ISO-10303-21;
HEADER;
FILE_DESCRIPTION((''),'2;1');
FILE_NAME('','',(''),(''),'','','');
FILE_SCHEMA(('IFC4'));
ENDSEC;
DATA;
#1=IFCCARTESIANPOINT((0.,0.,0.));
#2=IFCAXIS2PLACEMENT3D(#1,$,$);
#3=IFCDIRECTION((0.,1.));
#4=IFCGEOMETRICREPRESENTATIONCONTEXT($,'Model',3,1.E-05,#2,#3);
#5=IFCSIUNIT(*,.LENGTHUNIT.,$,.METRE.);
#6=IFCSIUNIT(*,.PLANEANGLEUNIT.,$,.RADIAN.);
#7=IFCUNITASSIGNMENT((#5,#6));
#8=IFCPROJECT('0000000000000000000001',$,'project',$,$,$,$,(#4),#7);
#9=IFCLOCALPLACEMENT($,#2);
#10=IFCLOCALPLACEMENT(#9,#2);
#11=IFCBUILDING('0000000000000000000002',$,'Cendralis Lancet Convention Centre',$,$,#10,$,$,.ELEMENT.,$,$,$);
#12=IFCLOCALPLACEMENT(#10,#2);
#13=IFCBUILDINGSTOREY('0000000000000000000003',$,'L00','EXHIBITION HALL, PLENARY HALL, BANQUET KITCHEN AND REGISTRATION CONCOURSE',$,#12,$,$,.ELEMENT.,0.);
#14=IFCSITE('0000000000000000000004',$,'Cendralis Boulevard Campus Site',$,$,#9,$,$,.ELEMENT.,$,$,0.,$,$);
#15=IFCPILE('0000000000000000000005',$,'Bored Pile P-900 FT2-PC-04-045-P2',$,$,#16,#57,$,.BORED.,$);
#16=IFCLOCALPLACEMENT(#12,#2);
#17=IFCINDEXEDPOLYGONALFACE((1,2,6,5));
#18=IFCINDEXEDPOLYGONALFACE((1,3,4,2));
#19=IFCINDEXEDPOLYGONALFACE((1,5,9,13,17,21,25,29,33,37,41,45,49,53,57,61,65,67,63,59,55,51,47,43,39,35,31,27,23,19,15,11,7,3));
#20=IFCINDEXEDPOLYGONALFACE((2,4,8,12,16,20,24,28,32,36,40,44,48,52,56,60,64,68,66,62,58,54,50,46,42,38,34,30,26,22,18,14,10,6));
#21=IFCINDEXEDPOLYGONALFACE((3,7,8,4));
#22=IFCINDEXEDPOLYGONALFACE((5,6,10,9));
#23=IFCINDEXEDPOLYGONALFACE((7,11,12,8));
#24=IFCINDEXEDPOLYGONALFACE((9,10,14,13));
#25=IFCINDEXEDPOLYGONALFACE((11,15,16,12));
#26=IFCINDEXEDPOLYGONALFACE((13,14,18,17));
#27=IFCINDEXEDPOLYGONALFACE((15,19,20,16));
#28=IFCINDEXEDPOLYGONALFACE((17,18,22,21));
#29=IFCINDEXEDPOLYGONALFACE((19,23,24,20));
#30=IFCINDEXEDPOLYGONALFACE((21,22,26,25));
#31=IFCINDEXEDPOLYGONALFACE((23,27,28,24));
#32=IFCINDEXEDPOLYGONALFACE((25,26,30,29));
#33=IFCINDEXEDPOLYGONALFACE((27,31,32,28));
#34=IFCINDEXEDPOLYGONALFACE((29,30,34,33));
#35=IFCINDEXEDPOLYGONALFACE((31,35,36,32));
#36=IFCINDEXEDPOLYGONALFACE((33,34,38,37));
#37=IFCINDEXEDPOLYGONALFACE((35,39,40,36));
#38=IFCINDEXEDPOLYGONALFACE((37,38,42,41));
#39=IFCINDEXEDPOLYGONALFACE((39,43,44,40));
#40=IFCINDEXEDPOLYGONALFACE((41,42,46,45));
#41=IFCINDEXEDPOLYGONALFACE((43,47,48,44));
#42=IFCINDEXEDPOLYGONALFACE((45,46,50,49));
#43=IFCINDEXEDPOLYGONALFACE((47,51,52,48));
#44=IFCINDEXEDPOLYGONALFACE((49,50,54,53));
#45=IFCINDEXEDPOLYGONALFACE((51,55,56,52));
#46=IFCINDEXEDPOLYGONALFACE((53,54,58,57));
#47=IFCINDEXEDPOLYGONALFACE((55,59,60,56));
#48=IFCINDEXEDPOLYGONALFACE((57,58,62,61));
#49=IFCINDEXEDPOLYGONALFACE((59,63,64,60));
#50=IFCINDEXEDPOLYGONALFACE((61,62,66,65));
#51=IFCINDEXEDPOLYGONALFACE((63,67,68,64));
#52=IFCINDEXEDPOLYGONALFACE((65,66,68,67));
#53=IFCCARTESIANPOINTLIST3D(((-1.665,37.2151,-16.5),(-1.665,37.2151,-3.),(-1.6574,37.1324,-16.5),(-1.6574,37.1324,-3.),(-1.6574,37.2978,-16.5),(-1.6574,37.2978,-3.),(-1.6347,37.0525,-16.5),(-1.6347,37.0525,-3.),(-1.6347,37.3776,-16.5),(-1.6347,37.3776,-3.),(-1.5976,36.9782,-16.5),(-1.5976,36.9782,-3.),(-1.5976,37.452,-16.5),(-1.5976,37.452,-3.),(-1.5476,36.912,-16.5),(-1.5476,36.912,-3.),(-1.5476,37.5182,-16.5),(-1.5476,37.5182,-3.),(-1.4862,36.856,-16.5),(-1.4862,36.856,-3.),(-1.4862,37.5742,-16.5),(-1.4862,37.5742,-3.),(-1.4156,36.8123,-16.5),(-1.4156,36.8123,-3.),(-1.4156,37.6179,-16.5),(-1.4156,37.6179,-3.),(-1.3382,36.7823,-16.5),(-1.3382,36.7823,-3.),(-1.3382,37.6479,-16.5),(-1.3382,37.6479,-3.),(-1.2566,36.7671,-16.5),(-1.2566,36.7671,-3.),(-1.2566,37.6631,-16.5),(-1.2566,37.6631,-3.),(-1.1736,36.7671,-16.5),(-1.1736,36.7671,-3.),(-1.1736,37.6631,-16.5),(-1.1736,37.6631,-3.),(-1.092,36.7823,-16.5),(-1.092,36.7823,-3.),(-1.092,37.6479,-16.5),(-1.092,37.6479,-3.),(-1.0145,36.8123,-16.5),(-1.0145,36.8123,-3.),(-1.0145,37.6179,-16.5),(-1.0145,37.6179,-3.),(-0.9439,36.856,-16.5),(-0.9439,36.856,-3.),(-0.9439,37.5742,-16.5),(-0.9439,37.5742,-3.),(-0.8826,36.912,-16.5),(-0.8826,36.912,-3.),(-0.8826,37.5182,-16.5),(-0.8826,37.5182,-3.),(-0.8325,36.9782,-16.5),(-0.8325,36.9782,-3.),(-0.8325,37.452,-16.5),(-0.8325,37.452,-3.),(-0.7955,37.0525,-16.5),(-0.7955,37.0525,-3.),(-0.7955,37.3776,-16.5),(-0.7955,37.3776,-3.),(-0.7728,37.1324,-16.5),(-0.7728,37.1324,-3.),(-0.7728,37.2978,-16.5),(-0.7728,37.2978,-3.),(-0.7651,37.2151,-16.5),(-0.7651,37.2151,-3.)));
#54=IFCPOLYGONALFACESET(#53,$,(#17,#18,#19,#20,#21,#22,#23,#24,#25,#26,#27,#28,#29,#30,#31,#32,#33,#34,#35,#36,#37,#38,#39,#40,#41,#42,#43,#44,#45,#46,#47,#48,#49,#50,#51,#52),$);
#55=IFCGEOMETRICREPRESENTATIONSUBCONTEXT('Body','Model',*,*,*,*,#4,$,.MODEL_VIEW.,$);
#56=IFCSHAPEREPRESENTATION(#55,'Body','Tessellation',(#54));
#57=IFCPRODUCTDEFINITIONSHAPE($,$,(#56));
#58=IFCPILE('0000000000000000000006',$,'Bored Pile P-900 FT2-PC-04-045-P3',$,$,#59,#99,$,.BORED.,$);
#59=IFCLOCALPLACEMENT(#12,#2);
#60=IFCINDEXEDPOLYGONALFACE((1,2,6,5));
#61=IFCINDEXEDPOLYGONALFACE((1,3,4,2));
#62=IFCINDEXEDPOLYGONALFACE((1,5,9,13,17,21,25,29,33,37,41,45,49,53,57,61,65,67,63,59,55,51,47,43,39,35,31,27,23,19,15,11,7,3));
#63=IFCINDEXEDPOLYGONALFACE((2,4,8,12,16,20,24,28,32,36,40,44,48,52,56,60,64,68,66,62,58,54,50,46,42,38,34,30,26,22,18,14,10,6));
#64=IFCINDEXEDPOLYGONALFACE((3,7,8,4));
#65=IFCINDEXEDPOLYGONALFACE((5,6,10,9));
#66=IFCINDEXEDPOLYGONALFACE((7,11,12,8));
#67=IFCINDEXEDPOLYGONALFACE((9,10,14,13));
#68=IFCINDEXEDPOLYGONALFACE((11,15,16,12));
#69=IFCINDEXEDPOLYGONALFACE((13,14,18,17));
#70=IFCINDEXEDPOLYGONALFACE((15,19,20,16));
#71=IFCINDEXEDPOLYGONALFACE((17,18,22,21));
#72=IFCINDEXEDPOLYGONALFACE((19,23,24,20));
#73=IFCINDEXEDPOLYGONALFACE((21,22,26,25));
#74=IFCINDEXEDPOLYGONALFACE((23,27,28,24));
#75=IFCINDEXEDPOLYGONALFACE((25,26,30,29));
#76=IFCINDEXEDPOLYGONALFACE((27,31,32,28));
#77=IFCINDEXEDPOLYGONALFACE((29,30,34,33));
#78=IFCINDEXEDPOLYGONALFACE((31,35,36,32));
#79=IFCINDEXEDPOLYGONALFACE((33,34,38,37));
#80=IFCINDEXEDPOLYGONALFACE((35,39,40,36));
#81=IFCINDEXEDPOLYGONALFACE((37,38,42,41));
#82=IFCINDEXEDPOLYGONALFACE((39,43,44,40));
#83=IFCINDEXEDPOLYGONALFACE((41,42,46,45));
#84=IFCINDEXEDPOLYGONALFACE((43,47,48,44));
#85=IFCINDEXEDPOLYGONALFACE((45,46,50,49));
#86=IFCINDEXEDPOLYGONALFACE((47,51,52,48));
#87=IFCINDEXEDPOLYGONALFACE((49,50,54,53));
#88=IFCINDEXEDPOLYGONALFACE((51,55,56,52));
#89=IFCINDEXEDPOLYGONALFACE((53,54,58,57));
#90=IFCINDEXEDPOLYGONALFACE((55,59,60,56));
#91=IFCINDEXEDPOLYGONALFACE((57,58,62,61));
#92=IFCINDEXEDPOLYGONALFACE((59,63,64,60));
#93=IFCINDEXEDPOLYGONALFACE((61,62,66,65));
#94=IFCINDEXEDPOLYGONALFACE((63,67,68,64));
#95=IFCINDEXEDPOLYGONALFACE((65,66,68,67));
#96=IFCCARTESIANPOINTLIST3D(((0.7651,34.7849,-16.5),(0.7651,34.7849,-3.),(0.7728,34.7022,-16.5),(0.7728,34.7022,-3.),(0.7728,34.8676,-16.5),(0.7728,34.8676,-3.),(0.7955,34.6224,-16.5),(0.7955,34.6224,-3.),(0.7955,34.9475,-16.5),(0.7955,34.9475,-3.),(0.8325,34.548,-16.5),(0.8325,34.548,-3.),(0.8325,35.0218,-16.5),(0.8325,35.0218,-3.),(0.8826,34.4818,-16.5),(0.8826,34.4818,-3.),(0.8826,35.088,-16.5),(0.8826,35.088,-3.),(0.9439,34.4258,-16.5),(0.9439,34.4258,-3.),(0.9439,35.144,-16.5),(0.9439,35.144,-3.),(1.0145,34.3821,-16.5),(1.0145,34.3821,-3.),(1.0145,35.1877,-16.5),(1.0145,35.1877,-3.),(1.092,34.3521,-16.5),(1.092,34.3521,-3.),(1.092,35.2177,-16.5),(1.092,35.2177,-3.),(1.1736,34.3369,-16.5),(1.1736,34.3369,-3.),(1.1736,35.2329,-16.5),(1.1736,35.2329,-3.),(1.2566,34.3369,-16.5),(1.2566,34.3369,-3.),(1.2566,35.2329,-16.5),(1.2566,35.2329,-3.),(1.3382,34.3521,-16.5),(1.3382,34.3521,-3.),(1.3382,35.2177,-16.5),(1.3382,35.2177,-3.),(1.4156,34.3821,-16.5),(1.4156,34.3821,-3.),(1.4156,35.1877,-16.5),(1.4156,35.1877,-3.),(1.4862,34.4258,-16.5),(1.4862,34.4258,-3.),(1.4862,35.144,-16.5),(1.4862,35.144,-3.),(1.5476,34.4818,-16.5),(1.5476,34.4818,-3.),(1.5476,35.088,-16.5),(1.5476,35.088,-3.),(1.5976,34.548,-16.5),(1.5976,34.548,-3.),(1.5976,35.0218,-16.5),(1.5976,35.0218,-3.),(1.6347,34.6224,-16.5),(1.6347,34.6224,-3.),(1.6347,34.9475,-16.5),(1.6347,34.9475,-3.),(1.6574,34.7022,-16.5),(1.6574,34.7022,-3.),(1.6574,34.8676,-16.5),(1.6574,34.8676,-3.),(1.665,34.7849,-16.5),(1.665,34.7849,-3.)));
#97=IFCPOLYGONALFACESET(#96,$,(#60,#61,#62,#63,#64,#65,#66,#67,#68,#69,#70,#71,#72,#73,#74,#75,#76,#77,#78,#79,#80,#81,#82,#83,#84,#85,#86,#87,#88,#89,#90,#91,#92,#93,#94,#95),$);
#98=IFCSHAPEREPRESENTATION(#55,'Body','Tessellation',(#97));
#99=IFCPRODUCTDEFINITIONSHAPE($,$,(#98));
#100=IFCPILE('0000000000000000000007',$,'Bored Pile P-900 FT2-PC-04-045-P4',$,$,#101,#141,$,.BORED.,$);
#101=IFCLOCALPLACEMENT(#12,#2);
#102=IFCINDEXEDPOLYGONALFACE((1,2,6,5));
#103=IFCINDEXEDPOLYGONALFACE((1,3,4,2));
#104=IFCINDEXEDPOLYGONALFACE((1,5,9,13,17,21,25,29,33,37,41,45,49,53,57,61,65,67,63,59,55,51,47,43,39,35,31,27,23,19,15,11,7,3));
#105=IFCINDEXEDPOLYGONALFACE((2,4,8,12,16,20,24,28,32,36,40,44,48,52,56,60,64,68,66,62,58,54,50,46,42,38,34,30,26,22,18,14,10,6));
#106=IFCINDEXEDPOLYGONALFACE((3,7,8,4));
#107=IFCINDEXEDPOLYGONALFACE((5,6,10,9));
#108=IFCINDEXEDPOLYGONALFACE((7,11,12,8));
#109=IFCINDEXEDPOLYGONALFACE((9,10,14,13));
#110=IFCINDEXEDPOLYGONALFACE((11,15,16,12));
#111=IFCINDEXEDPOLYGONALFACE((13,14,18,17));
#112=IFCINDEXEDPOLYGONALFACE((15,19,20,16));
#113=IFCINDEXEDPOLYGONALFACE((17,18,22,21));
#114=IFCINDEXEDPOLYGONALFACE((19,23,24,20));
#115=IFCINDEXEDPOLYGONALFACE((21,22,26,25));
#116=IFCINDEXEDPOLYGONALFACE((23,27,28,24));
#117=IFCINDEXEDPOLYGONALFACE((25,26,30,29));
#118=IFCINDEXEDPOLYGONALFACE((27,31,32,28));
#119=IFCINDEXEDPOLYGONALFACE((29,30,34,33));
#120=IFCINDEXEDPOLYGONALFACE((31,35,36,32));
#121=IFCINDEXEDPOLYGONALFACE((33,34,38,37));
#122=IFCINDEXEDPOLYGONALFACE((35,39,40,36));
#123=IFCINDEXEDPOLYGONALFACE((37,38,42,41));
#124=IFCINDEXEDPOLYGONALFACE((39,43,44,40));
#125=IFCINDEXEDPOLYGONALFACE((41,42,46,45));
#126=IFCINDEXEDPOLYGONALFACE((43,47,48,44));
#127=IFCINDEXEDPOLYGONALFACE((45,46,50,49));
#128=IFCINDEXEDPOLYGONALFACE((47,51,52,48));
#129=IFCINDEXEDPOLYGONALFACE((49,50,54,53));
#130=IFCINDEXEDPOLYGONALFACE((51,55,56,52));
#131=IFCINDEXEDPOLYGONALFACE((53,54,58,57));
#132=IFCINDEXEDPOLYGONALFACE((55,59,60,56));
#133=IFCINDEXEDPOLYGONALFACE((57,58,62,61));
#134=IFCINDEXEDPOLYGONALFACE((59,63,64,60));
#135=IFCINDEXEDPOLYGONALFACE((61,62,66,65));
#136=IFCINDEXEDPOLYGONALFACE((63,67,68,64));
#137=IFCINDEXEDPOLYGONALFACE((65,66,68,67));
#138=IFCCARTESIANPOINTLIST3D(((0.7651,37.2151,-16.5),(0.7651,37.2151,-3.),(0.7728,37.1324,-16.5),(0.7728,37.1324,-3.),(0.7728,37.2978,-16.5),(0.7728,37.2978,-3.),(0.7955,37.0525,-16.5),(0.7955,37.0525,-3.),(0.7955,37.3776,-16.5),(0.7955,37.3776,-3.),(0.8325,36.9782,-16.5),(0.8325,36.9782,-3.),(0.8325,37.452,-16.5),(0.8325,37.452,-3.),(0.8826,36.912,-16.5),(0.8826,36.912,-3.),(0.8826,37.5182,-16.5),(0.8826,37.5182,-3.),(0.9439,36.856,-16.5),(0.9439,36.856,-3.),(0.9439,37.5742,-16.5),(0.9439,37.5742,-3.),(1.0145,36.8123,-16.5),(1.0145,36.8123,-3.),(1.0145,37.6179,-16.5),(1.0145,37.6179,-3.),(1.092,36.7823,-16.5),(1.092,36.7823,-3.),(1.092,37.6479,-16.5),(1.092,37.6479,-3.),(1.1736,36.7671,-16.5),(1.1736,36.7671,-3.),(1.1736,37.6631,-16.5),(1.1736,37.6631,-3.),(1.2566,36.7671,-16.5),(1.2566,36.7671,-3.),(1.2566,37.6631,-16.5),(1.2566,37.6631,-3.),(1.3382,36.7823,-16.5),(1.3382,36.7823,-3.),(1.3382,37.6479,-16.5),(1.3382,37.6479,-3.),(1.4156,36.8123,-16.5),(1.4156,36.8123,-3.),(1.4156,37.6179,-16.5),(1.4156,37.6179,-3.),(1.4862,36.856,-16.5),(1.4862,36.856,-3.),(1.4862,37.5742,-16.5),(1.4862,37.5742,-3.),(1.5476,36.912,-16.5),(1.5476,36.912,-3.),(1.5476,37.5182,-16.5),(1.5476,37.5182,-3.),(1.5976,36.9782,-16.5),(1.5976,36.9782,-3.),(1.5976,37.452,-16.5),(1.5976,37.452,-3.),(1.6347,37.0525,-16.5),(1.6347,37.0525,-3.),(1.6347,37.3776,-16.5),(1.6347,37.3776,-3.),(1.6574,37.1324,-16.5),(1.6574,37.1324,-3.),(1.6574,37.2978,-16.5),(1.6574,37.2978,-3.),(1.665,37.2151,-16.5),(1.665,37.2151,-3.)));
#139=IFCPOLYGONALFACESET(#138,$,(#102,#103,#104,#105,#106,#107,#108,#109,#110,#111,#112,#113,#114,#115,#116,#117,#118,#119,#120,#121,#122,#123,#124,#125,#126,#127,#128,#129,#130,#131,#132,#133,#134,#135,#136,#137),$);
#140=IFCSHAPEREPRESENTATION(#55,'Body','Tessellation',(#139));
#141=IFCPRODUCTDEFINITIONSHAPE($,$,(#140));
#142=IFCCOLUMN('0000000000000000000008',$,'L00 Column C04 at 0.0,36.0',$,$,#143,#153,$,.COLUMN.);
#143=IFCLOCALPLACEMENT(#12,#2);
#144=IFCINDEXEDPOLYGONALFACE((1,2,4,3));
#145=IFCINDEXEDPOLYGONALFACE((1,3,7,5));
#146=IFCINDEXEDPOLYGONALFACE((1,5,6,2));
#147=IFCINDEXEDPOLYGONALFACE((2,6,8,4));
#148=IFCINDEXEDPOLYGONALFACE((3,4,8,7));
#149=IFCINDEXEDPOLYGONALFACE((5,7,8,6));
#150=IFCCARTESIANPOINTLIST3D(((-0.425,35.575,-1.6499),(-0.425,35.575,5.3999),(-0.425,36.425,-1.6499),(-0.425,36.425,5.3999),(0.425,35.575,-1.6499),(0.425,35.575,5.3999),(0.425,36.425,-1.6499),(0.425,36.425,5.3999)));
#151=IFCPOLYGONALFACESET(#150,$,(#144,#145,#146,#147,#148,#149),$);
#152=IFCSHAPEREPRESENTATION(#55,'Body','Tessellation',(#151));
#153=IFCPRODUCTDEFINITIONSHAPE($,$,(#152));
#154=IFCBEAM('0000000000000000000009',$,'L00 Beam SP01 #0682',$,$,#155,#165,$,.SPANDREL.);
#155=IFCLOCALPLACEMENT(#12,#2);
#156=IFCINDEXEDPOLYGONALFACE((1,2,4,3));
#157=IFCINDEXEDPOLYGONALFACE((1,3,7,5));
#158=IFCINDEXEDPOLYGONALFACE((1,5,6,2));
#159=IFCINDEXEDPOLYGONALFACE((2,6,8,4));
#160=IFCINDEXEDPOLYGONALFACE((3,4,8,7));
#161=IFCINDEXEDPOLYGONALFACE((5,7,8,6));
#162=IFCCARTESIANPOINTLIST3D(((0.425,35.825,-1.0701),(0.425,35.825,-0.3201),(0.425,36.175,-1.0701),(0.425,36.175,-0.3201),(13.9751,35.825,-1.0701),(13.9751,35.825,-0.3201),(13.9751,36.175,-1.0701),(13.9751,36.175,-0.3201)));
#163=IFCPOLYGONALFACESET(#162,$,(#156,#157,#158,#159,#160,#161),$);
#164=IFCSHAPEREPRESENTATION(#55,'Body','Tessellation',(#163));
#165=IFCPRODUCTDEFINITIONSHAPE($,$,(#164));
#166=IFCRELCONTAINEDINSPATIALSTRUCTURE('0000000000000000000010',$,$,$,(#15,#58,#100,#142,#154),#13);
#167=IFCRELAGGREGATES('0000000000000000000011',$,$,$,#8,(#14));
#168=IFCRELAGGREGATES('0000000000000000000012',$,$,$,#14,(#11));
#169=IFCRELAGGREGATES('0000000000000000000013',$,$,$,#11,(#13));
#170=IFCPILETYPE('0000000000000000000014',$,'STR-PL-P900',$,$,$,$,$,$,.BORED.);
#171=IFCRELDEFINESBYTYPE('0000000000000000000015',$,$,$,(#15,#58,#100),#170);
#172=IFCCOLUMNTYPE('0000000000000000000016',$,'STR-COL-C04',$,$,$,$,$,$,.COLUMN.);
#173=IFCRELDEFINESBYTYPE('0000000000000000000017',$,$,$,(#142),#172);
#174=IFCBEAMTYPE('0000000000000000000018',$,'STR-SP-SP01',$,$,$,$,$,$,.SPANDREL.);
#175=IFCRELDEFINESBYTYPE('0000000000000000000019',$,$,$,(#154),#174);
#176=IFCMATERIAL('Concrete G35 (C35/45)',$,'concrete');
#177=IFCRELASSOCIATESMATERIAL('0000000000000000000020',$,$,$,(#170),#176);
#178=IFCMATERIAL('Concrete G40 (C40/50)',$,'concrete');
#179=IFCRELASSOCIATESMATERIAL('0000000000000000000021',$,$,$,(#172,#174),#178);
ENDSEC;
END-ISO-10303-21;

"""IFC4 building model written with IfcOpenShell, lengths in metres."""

from ifc_helpers import new_model, si_unit, direction, frame, origin, origin_2d, place, context, subcontext, project, spatial, rectangle, circle, extrude, material, material_profile, profile_set, type_object, element, save


model = new_model("IFC4")

# Units and contexts
model_context = context("Model", 3, precision=1e-05, world=origin(), true_north=direction((0.0, 1.0)))
body_context = subcontext(model_context, "Body", "Model", "MODEL_VIEW")
ifc_project = project(units=[si_unit("LENGTHUNIT", "METRE"), si_unit("PLANEANGLEUNIT", "RADIAN")], contexts=[model_context])

# Site, building, storey
site_placement = place(None, origin())
site = spatial("IfcSite", under=ifc_project, at=site_placement, Name="Cendralis Boulevard Campus Site", CompositionType="ELEMENT", RefElevation=0.0)
building_placement = place(site_placement, origin())
building = spatial("IfcBuilding", under=site, at=building_placement, Name="Cendralis Lancet Convention Centre", CompositionType="ELEMENT")
storey_placement = place(building_placement, origin())
storey = spatial("IfcBuildingStorey", under=building, at=storey_placement, Name="L00", Description="EXHIBITION HALL, PLENARY HALL, BANQUET KITCHEN AND REGISTRATION CONCOURSE", CompositionType="ELEMENT", Elevation=0.0)

# Shared definitions
ifc_material_1 = material(Name="Concrete G35 (C35/45)", Category="concrete")

# Piles
ifc_material_profile_1 = material_profile(ifc_material_1, circle(Radius=0.45, at=origin_2d()), Name="BORED PILE D900")
ifc_profile_set_1 = profile_set([ifc_material_profile_1], Name="Concrete G35 (C35/45)")
pile_type_1 = type_object("IfcPileType", Name="STR-PL-P900", PredefinedType="BORED", material=ifc_profile_set_1)
for number, where, z_axis, x_axis, name in (
    (1, (-1.2151, 37.2151, -3.0), (0.0, 0.0, -1.0), (1.0, 0.0, 0.0), "Bored Pile P-900 FT2-PC-04-045-P2"),
    (2, (1.2151, 34.7849, -3.0), (0.0, 0.0, -1.0), (1.0, 0.0, 0.0), "Bored Pile P-900 FT2-PC-04-045-P3"),
    (3, (1.2151, 37.2151, -3.0), (0.0, 0.0, -1.0), (1.0, 0.0, 0.0), "Bored Pile P-900 FT2-PC-04-045-P4"),
):
    element("IfcPile", number, at=place(storey_placement, frame(where, z_axis=z_axis, x_axis=x_axis)), inside=storey, type_object=pile_type_1, Name=name, PredefinedType="BORED", context=body_context, shape_type="SweptSolid", body=[
        extrude(circle(Radius=0.45, at=origin_2d()), origin(), (0.0, 0.0, 1.0), 13.5),
    ])

# Column
ifc_material_2 = material(Name="Concrete G40 (C40/50)", Category="concrete")
ifc_material_profile_2 = material_profile(ifc_material_2, rectangle(XDim=0.8501, YDim=0.8501, at=origin_2d()), Name="RC 850x850")
ifc_profile_set_2 = profile_set([ifc_material_profile_2], Name="Concrete G40 (C40/50)")
column_type = type_object("IfcColumnType", Name="STR-COL-C04", PredefinedType="COLUMN", material=ifc_profile_set_2)
column_placement = place(storey_placement, frame((0.0, 36.0, -1.6499), z_axis=(0.0, 0.0, 1.0), x_axis=(1.0, 0.0, 0.0)))
element("IfcColumn", 4, at=column_placement, inside=storey, type_object=column_type, Name="L00 Column C04 at 0.0,36.0", PredefinedType="COLUMN", context=body_context, shape_type="SweptSolid", body=[
    extrude(rectangle(XDim=0.8501, YDim=0.8501, at=origin_2d()), origin(), (0.0, 0.0, 1.0), 7.0498),
])

# Beam
ifc_material_profile_3 = material_profile(ifc_material_2, rectangle(XDim=0.3501, YDim=0.75, at=origin_2d()), Name="RCB 350x750")
ifc_profile_set_3 = profile_set([ifc_material_profile_3], Name="Concrete G40 (C40/50)")
beam_type = type_object("IfcBeamType", Name="STR-SP-SP01", PredefinedType="SPANDREL", material=ifc_profile_set_3)
beam_placement = place(storey_placement, frame((0.425, 36.0, -0.6951), z_axis=(1.0, 0.0, 0.0), x_axis=(0.0, 1.0, 0.0)))
element("IfcBeam", 5, at=beam_placement, inside=storey, type_object=beam_type, Name="L00 Beam SP01 #0682", PredefinedType="SPANDREL", context=body_context, shape_type="SweptSolid", body=[
    extrude(rectangle(XDim=0.3501, YDim=0.75, at=origin_2d()), origin(), (0.0, 0.0, 1.0), 13.55),
])

save(model, "model.ifc")
